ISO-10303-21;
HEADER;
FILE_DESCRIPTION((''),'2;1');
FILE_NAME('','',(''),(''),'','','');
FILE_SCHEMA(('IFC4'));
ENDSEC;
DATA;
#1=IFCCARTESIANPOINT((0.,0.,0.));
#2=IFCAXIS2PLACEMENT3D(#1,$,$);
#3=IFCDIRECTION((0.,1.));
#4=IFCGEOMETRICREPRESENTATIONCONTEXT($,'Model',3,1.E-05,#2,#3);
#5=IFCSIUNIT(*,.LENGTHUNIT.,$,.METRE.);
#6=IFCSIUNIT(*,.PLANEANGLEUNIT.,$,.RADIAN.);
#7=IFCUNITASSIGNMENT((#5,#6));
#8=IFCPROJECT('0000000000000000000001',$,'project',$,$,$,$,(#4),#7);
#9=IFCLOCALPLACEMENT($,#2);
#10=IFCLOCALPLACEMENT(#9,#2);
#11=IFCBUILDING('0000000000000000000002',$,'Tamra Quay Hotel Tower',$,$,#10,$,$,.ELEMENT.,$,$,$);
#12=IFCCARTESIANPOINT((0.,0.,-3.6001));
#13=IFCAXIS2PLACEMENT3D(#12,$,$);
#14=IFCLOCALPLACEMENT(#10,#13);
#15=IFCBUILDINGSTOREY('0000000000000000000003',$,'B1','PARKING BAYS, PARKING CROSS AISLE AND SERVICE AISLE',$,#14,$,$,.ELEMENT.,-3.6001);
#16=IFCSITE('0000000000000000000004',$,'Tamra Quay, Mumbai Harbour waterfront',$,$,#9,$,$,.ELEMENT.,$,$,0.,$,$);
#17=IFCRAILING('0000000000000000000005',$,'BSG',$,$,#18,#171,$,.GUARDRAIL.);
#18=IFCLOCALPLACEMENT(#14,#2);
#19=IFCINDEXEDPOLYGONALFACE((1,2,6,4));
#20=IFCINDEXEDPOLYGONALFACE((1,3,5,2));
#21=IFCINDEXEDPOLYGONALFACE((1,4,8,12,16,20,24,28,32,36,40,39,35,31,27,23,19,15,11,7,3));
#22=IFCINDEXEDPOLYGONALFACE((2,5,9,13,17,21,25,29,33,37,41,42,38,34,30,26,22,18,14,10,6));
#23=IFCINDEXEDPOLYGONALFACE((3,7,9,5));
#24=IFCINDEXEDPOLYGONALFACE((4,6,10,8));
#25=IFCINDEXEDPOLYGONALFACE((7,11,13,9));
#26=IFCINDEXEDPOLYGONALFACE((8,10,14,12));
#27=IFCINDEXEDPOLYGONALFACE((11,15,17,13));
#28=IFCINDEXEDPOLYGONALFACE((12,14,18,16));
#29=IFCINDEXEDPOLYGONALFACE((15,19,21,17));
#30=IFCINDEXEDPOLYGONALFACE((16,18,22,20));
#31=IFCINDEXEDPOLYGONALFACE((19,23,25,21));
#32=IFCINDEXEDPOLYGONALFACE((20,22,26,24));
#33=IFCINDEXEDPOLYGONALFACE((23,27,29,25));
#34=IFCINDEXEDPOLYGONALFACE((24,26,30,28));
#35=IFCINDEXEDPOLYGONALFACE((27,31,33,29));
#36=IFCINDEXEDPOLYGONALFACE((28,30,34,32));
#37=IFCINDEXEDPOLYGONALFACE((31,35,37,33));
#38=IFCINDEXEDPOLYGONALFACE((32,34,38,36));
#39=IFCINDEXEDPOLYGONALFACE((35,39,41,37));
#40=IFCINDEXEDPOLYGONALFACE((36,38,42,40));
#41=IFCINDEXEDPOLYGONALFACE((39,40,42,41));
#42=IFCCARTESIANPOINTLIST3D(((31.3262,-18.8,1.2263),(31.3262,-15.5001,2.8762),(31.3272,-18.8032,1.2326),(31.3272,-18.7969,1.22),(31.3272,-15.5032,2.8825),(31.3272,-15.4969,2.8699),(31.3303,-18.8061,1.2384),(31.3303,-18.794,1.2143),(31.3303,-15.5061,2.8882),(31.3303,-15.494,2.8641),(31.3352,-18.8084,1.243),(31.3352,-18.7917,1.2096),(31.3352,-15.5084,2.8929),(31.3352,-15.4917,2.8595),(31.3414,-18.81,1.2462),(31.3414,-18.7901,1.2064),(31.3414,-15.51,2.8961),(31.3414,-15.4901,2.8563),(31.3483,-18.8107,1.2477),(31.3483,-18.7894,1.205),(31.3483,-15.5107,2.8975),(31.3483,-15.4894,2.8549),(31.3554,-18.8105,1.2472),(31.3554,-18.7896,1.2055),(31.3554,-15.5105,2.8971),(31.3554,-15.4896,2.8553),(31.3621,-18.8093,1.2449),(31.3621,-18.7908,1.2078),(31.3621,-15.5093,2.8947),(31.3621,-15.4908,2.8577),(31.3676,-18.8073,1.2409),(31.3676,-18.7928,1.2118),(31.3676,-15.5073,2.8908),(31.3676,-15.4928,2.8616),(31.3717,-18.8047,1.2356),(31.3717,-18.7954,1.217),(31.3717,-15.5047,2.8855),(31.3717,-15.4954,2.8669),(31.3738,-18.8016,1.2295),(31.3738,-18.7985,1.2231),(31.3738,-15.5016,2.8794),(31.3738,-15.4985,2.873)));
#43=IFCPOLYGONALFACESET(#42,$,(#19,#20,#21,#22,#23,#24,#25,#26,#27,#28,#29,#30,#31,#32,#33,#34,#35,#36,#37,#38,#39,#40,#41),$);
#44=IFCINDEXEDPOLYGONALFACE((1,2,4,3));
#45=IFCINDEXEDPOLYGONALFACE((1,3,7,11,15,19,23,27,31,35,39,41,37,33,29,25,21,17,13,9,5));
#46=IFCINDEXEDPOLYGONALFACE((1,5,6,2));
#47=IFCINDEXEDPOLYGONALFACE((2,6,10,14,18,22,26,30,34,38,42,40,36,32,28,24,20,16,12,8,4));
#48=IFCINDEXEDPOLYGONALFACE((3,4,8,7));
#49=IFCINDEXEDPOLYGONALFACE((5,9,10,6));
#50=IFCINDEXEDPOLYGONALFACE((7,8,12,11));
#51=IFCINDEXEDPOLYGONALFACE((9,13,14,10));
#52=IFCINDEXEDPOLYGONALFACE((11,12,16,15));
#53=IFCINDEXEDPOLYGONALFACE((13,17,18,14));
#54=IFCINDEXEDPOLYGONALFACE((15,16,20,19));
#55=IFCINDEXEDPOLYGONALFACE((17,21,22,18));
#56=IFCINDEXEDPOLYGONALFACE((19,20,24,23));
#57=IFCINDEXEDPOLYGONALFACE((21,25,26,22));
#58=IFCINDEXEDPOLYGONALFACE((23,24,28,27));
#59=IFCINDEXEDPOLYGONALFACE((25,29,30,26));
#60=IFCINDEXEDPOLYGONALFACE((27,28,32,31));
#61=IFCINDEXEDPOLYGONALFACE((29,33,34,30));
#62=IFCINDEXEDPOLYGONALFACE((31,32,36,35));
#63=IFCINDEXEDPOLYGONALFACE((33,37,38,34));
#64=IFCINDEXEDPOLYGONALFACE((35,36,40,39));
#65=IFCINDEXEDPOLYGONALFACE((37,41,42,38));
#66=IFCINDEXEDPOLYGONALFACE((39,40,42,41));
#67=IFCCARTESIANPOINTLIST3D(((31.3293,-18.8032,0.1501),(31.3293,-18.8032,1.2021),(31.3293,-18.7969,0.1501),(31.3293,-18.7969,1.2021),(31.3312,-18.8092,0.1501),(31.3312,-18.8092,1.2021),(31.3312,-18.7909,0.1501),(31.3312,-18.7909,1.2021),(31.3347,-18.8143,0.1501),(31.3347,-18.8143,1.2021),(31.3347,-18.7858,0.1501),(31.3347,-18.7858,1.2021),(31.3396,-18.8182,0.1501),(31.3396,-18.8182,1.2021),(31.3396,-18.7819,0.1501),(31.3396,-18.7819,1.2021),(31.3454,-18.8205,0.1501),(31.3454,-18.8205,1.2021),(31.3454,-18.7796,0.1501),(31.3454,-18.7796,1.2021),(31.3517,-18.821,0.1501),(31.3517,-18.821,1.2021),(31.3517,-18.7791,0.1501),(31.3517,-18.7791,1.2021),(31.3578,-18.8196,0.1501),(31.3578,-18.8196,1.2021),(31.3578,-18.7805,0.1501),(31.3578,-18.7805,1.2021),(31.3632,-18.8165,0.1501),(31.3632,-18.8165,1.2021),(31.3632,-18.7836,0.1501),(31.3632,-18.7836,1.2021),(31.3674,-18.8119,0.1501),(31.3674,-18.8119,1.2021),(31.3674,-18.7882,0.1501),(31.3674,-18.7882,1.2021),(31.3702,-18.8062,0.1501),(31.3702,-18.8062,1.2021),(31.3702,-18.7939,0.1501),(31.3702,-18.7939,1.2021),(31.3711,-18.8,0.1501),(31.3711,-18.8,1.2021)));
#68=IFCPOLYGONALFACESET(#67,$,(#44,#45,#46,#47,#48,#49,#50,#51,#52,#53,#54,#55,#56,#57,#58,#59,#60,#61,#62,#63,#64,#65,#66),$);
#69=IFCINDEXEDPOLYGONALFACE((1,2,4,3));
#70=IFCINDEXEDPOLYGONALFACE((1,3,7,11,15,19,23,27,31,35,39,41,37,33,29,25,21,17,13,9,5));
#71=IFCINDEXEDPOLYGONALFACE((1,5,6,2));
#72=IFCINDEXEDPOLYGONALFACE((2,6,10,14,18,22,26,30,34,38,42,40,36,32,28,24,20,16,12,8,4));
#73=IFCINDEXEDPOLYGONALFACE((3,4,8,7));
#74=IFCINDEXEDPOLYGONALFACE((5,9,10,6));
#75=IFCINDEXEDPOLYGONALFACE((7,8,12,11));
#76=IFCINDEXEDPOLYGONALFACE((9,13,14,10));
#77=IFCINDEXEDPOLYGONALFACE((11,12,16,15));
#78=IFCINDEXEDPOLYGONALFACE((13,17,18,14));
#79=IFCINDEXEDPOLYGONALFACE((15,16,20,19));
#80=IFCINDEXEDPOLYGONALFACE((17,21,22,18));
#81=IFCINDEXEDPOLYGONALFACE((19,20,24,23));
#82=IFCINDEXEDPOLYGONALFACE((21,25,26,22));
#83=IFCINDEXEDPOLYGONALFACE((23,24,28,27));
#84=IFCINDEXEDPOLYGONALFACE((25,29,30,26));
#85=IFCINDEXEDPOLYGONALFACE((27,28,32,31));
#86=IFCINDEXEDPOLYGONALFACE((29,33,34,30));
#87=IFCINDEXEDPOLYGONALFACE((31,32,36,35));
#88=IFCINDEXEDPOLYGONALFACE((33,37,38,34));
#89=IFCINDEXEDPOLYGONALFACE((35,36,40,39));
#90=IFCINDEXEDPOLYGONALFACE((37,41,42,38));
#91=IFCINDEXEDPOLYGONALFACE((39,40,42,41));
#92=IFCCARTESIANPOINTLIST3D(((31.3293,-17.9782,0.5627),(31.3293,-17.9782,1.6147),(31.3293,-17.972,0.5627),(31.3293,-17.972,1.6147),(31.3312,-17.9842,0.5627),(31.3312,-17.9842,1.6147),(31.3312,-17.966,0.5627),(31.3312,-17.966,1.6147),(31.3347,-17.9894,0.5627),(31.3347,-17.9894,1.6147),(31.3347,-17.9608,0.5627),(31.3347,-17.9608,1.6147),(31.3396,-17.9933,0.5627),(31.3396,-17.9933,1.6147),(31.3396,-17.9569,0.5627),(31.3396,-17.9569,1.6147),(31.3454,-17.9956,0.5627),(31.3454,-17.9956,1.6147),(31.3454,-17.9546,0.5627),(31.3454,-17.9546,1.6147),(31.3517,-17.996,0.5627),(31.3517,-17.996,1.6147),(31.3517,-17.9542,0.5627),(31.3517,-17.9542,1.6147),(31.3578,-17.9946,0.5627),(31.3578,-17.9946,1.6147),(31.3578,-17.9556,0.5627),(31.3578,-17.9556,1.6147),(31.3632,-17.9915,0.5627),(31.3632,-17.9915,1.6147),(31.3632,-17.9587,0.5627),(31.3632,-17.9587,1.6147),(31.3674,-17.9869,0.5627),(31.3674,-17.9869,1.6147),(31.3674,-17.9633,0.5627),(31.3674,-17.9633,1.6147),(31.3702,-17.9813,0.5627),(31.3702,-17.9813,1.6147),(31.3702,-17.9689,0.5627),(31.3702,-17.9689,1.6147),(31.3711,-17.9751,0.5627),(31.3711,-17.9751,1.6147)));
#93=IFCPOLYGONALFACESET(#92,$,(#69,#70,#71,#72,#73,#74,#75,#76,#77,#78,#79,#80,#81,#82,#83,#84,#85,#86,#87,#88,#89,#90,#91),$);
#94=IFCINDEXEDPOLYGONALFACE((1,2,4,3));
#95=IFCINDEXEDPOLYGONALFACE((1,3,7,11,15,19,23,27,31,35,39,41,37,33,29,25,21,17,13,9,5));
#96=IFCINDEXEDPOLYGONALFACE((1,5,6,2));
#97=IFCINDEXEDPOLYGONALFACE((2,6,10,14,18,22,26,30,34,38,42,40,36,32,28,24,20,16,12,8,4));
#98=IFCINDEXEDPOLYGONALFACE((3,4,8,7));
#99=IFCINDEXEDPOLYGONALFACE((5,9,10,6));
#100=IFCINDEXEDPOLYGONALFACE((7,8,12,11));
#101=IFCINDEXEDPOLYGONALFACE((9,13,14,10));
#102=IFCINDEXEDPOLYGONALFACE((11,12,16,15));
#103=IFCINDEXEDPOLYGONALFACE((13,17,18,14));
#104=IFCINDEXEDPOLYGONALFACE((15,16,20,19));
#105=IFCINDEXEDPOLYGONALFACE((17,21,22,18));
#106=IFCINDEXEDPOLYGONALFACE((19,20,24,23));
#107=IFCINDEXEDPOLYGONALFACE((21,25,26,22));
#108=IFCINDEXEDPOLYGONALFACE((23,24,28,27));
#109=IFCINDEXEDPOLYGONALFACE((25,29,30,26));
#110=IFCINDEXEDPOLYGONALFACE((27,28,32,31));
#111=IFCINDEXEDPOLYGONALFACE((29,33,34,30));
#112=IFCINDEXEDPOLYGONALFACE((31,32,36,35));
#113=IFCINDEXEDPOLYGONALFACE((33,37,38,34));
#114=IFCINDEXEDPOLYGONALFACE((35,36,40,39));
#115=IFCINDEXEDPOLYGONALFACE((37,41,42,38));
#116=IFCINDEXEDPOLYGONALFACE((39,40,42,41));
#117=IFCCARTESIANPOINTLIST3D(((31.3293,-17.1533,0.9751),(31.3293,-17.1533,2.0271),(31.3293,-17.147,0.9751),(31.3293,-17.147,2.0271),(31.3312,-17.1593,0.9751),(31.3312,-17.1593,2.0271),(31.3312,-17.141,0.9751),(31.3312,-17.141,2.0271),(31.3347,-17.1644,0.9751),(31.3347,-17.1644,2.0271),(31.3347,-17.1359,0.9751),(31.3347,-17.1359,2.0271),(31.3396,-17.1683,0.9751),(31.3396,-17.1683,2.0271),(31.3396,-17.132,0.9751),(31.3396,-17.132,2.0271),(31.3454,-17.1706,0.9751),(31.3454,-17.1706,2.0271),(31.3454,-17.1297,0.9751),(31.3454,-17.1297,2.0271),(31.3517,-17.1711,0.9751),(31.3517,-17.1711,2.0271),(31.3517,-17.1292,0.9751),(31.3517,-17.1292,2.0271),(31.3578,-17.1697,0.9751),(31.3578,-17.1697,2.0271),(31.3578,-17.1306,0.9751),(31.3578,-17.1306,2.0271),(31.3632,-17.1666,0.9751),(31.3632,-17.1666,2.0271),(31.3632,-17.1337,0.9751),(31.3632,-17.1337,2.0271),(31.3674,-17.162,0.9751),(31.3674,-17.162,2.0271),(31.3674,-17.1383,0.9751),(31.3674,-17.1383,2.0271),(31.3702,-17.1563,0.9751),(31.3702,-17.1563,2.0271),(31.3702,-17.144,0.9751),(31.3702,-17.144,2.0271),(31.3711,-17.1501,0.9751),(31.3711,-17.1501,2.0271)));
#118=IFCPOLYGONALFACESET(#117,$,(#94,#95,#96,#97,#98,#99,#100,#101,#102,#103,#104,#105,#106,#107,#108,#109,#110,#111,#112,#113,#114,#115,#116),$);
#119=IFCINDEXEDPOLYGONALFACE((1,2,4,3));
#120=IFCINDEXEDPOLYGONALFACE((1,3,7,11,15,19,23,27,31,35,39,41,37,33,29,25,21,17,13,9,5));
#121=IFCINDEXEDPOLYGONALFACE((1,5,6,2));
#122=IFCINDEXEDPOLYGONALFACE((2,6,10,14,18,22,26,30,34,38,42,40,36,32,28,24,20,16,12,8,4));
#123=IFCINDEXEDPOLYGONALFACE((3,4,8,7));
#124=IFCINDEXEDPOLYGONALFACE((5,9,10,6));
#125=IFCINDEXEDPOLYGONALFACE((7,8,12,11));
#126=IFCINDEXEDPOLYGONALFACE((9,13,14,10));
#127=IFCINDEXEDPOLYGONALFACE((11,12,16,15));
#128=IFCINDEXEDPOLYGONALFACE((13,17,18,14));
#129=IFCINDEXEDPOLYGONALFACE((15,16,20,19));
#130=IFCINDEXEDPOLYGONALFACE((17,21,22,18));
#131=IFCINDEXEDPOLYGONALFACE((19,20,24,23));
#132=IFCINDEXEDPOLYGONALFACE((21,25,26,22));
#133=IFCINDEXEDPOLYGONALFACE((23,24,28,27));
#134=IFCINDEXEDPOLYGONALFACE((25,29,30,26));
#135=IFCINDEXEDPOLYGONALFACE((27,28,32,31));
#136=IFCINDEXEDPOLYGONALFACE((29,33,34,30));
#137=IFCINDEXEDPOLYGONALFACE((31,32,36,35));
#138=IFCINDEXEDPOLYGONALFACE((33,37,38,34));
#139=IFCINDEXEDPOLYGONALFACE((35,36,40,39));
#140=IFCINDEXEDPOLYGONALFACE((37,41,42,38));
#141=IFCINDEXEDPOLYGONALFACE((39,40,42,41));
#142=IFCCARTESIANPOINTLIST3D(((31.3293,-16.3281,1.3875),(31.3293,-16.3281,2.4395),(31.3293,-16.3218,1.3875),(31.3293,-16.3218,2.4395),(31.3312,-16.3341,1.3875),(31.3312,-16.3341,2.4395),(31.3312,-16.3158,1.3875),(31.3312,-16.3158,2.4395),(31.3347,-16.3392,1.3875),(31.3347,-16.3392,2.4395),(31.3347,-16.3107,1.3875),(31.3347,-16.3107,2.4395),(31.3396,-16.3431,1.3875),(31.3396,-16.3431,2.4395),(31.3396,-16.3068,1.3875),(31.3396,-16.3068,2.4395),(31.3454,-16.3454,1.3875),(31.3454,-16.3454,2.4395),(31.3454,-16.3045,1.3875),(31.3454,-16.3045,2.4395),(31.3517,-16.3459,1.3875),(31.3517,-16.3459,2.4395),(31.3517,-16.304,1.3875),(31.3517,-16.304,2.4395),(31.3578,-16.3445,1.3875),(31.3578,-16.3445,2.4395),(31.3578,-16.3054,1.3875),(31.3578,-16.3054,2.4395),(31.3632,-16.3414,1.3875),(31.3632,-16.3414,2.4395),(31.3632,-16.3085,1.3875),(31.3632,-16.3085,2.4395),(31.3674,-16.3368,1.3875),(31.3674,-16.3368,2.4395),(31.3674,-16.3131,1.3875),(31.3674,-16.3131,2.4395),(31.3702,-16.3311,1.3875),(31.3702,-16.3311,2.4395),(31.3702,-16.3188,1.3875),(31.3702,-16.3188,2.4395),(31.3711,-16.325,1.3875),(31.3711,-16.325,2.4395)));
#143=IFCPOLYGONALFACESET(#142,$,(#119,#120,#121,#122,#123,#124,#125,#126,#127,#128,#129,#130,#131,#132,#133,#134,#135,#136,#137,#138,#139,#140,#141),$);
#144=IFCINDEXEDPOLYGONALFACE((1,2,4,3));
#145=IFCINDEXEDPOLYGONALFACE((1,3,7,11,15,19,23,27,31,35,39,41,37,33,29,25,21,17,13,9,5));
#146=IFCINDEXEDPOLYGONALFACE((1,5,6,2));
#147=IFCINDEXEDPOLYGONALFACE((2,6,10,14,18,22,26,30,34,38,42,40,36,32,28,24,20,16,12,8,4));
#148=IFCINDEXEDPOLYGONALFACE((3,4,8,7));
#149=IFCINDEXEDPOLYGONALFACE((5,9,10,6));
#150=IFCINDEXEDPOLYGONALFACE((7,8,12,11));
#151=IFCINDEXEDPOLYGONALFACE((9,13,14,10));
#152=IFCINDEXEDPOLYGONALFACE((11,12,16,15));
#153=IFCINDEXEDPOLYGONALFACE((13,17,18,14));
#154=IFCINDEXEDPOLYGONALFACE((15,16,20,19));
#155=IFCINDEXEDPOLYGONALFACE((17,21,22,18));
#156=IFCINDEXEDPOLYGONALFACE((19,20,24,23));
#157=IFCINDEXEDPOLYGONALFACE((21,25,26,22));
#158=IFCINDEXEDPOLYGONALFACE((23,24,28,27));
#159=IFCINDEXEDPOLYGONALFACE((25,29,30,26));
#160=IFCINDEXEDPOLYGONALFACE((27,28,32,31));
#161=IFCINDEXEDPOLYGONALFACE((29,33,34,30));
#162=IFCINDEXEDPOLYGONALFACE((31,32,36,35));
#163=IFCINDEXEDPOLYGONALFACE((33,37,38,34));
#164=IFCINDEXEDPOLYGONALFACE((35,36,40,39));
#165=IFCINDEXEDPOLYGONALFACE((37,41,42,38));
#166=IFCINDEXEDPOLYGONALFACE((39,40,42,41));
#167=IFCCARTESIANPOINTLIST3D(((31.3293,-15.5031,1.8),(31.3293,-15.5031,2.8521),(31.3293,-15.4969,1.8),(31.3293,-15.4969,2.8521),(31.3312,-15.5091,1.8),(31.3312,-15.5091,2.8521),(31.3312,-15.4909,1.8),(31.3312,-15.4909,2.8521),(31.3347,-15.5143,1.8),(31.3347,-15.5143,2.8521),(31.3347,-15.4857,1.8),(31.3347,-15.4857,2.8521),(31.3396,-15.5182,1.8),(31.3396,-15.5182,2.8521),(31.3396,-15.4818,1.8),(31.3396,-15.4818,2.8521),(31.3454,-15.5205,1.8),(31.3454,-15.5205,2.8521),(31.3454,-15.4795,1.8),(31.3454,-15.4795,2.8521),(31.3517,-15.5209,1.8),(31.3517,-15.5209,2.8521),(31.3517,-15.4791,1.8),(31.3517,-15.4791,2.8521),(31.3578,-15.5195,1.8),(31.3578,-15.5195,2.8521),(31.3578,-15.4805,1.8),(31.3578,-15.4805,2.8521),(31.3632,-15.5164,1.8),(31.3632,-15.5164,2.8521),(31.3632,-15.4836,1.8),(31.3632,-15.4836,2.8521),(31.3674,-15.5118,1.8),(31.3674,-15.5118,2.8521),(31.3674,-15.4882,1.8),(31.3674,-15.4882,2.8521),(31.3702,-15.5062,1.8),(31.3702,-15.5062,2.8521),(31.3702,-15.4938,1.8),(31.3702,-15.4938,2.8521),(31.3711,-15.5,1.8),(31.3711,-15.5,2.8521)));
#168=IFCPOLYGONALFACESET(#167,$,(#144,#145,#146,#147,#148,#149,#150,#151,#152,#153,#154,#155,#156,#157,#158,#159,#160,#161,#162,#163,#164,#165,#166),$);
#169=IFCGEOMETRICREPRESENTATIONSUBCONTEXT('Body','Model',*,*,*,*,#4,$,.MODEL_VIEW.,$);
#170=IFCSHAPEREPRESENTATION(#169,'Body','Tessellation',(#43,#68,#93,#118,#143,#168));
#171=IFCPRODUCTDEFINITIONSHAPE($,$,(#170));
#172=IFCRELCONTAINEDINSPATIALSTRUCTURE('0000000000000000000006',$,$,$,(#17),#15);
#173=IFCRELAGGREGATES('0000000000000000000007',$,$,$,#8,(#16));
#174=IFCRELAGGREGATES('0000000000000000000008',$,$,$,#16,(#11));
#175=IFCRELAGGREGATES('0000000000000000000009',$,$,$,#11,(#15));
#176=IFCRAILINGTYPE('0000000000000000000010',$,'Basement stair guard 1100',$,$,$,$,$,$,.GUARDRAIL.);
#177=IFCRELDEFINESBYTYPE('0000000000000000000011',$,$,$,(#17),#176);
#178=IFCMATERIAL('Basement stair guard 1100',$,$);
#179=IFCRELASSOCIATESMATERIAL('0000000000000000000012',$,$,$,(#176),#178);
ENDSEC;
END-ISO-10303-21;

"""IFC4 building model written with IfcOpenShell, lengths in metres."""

from ifc_helpers import new_model, si_unit, direction, frame, origin, origin_2d, place, context, subcontext, project, spatial, circle, extrude, material, type_object, element, save


model = new_model("IFC4")

# Units and contexts
model_context = context("Model", 3, precision=1e-05, world=origin(), true_north=direction((0.0, 1.0)))
body_context = subcontext(model_context, "Body", "Model", "MODEL_VIEW")
ifc_project = project(units=[si_unit("LENGTHUNIT", "METRE"), si_unit("PLANEANGLEUNIT", "RADIAN")], contexts=[model_context])

# Site, building, storey
site_placement = place(None, origin())
site = spatial("IfcSite", under=ifc_project, at=site_placement, Name="Tamra Quay, Mumbai Harbour waterfront", CompositionType="ELEMENT", RefElevation=0.0)
building_placement = place(site_placement, origin())
building = spatial("IfcBuilding", under=site, at=building_placement, Name="Tamra Quay Hotel Tower", CompositionType="ELEMENT")
storey_placement = place(building_placement, frame((0.0, 0.0, -3.6001)))
storey = spatial("IfcBuildingStorey", under=building, at=storey_placement, Name="B1", Description="PARKING BAYS, PARKING CROSS AISLE AND SERVICE AISLE", CompositionType="ELEMENT", Elevation=-3.6001)

# Railing
ifc_material_1 = material(Name="Basement stair guard 1100")
railing_type_1 = type_object("IfcRailingType", Name="Basement stair guard 1100", PredefinedType="GUARDRAIL", material=ifc_material_1)
railing_1_placement = place(storey_placement, frame((31.3501, -18.8, 0.1501)))
element("IfcRailing", 1, at=railing_1_placement, inside=storey, type_object=railing_type_1, Name="BSG", PredefinedType="GUARDRAIL", context=body_context, shape_type="SweptSolid", body=[
    extrude(circle(Radius=0.0239, at=origin_2d()), frame((0.0, 0.0, 1.0762), z_axis=(0.0, 0.89444, 0.447187), x_axis=(-1.0, 0.0, 0.0)), (0.0, 0.0, 1.0), 3.6895),
    extrude(circle(Radius=0.021, at=origin_2d()), origin(), (0.0, 0.0, 1.0), 1.052),
    extrude(circle(Radius=0.021, at=origin_2d()), frame((0.0, 0.825, 0.4126)), (0.0, 0.0, 1.0), 1.052),
    extrude(circle(Radius=0.021, at=origin_2d()), frame((0.0, 1.6499, 0.825)), (0.0, 0.0, 1.0), 1.052),
    extrude(circle(Radius=0.021, at=origin_2d()), frame((0.0, 2.4751, 1.2373)), (0.0, 0.0, 1.0), 1.052),
    extrude(circle(Radius=0.021, at=origin_2d()), frame((0.0, 3.3, 1.6499)), (0.0, 0.0, 1.0), 1.052),
])

save(model, "model.ifc")
